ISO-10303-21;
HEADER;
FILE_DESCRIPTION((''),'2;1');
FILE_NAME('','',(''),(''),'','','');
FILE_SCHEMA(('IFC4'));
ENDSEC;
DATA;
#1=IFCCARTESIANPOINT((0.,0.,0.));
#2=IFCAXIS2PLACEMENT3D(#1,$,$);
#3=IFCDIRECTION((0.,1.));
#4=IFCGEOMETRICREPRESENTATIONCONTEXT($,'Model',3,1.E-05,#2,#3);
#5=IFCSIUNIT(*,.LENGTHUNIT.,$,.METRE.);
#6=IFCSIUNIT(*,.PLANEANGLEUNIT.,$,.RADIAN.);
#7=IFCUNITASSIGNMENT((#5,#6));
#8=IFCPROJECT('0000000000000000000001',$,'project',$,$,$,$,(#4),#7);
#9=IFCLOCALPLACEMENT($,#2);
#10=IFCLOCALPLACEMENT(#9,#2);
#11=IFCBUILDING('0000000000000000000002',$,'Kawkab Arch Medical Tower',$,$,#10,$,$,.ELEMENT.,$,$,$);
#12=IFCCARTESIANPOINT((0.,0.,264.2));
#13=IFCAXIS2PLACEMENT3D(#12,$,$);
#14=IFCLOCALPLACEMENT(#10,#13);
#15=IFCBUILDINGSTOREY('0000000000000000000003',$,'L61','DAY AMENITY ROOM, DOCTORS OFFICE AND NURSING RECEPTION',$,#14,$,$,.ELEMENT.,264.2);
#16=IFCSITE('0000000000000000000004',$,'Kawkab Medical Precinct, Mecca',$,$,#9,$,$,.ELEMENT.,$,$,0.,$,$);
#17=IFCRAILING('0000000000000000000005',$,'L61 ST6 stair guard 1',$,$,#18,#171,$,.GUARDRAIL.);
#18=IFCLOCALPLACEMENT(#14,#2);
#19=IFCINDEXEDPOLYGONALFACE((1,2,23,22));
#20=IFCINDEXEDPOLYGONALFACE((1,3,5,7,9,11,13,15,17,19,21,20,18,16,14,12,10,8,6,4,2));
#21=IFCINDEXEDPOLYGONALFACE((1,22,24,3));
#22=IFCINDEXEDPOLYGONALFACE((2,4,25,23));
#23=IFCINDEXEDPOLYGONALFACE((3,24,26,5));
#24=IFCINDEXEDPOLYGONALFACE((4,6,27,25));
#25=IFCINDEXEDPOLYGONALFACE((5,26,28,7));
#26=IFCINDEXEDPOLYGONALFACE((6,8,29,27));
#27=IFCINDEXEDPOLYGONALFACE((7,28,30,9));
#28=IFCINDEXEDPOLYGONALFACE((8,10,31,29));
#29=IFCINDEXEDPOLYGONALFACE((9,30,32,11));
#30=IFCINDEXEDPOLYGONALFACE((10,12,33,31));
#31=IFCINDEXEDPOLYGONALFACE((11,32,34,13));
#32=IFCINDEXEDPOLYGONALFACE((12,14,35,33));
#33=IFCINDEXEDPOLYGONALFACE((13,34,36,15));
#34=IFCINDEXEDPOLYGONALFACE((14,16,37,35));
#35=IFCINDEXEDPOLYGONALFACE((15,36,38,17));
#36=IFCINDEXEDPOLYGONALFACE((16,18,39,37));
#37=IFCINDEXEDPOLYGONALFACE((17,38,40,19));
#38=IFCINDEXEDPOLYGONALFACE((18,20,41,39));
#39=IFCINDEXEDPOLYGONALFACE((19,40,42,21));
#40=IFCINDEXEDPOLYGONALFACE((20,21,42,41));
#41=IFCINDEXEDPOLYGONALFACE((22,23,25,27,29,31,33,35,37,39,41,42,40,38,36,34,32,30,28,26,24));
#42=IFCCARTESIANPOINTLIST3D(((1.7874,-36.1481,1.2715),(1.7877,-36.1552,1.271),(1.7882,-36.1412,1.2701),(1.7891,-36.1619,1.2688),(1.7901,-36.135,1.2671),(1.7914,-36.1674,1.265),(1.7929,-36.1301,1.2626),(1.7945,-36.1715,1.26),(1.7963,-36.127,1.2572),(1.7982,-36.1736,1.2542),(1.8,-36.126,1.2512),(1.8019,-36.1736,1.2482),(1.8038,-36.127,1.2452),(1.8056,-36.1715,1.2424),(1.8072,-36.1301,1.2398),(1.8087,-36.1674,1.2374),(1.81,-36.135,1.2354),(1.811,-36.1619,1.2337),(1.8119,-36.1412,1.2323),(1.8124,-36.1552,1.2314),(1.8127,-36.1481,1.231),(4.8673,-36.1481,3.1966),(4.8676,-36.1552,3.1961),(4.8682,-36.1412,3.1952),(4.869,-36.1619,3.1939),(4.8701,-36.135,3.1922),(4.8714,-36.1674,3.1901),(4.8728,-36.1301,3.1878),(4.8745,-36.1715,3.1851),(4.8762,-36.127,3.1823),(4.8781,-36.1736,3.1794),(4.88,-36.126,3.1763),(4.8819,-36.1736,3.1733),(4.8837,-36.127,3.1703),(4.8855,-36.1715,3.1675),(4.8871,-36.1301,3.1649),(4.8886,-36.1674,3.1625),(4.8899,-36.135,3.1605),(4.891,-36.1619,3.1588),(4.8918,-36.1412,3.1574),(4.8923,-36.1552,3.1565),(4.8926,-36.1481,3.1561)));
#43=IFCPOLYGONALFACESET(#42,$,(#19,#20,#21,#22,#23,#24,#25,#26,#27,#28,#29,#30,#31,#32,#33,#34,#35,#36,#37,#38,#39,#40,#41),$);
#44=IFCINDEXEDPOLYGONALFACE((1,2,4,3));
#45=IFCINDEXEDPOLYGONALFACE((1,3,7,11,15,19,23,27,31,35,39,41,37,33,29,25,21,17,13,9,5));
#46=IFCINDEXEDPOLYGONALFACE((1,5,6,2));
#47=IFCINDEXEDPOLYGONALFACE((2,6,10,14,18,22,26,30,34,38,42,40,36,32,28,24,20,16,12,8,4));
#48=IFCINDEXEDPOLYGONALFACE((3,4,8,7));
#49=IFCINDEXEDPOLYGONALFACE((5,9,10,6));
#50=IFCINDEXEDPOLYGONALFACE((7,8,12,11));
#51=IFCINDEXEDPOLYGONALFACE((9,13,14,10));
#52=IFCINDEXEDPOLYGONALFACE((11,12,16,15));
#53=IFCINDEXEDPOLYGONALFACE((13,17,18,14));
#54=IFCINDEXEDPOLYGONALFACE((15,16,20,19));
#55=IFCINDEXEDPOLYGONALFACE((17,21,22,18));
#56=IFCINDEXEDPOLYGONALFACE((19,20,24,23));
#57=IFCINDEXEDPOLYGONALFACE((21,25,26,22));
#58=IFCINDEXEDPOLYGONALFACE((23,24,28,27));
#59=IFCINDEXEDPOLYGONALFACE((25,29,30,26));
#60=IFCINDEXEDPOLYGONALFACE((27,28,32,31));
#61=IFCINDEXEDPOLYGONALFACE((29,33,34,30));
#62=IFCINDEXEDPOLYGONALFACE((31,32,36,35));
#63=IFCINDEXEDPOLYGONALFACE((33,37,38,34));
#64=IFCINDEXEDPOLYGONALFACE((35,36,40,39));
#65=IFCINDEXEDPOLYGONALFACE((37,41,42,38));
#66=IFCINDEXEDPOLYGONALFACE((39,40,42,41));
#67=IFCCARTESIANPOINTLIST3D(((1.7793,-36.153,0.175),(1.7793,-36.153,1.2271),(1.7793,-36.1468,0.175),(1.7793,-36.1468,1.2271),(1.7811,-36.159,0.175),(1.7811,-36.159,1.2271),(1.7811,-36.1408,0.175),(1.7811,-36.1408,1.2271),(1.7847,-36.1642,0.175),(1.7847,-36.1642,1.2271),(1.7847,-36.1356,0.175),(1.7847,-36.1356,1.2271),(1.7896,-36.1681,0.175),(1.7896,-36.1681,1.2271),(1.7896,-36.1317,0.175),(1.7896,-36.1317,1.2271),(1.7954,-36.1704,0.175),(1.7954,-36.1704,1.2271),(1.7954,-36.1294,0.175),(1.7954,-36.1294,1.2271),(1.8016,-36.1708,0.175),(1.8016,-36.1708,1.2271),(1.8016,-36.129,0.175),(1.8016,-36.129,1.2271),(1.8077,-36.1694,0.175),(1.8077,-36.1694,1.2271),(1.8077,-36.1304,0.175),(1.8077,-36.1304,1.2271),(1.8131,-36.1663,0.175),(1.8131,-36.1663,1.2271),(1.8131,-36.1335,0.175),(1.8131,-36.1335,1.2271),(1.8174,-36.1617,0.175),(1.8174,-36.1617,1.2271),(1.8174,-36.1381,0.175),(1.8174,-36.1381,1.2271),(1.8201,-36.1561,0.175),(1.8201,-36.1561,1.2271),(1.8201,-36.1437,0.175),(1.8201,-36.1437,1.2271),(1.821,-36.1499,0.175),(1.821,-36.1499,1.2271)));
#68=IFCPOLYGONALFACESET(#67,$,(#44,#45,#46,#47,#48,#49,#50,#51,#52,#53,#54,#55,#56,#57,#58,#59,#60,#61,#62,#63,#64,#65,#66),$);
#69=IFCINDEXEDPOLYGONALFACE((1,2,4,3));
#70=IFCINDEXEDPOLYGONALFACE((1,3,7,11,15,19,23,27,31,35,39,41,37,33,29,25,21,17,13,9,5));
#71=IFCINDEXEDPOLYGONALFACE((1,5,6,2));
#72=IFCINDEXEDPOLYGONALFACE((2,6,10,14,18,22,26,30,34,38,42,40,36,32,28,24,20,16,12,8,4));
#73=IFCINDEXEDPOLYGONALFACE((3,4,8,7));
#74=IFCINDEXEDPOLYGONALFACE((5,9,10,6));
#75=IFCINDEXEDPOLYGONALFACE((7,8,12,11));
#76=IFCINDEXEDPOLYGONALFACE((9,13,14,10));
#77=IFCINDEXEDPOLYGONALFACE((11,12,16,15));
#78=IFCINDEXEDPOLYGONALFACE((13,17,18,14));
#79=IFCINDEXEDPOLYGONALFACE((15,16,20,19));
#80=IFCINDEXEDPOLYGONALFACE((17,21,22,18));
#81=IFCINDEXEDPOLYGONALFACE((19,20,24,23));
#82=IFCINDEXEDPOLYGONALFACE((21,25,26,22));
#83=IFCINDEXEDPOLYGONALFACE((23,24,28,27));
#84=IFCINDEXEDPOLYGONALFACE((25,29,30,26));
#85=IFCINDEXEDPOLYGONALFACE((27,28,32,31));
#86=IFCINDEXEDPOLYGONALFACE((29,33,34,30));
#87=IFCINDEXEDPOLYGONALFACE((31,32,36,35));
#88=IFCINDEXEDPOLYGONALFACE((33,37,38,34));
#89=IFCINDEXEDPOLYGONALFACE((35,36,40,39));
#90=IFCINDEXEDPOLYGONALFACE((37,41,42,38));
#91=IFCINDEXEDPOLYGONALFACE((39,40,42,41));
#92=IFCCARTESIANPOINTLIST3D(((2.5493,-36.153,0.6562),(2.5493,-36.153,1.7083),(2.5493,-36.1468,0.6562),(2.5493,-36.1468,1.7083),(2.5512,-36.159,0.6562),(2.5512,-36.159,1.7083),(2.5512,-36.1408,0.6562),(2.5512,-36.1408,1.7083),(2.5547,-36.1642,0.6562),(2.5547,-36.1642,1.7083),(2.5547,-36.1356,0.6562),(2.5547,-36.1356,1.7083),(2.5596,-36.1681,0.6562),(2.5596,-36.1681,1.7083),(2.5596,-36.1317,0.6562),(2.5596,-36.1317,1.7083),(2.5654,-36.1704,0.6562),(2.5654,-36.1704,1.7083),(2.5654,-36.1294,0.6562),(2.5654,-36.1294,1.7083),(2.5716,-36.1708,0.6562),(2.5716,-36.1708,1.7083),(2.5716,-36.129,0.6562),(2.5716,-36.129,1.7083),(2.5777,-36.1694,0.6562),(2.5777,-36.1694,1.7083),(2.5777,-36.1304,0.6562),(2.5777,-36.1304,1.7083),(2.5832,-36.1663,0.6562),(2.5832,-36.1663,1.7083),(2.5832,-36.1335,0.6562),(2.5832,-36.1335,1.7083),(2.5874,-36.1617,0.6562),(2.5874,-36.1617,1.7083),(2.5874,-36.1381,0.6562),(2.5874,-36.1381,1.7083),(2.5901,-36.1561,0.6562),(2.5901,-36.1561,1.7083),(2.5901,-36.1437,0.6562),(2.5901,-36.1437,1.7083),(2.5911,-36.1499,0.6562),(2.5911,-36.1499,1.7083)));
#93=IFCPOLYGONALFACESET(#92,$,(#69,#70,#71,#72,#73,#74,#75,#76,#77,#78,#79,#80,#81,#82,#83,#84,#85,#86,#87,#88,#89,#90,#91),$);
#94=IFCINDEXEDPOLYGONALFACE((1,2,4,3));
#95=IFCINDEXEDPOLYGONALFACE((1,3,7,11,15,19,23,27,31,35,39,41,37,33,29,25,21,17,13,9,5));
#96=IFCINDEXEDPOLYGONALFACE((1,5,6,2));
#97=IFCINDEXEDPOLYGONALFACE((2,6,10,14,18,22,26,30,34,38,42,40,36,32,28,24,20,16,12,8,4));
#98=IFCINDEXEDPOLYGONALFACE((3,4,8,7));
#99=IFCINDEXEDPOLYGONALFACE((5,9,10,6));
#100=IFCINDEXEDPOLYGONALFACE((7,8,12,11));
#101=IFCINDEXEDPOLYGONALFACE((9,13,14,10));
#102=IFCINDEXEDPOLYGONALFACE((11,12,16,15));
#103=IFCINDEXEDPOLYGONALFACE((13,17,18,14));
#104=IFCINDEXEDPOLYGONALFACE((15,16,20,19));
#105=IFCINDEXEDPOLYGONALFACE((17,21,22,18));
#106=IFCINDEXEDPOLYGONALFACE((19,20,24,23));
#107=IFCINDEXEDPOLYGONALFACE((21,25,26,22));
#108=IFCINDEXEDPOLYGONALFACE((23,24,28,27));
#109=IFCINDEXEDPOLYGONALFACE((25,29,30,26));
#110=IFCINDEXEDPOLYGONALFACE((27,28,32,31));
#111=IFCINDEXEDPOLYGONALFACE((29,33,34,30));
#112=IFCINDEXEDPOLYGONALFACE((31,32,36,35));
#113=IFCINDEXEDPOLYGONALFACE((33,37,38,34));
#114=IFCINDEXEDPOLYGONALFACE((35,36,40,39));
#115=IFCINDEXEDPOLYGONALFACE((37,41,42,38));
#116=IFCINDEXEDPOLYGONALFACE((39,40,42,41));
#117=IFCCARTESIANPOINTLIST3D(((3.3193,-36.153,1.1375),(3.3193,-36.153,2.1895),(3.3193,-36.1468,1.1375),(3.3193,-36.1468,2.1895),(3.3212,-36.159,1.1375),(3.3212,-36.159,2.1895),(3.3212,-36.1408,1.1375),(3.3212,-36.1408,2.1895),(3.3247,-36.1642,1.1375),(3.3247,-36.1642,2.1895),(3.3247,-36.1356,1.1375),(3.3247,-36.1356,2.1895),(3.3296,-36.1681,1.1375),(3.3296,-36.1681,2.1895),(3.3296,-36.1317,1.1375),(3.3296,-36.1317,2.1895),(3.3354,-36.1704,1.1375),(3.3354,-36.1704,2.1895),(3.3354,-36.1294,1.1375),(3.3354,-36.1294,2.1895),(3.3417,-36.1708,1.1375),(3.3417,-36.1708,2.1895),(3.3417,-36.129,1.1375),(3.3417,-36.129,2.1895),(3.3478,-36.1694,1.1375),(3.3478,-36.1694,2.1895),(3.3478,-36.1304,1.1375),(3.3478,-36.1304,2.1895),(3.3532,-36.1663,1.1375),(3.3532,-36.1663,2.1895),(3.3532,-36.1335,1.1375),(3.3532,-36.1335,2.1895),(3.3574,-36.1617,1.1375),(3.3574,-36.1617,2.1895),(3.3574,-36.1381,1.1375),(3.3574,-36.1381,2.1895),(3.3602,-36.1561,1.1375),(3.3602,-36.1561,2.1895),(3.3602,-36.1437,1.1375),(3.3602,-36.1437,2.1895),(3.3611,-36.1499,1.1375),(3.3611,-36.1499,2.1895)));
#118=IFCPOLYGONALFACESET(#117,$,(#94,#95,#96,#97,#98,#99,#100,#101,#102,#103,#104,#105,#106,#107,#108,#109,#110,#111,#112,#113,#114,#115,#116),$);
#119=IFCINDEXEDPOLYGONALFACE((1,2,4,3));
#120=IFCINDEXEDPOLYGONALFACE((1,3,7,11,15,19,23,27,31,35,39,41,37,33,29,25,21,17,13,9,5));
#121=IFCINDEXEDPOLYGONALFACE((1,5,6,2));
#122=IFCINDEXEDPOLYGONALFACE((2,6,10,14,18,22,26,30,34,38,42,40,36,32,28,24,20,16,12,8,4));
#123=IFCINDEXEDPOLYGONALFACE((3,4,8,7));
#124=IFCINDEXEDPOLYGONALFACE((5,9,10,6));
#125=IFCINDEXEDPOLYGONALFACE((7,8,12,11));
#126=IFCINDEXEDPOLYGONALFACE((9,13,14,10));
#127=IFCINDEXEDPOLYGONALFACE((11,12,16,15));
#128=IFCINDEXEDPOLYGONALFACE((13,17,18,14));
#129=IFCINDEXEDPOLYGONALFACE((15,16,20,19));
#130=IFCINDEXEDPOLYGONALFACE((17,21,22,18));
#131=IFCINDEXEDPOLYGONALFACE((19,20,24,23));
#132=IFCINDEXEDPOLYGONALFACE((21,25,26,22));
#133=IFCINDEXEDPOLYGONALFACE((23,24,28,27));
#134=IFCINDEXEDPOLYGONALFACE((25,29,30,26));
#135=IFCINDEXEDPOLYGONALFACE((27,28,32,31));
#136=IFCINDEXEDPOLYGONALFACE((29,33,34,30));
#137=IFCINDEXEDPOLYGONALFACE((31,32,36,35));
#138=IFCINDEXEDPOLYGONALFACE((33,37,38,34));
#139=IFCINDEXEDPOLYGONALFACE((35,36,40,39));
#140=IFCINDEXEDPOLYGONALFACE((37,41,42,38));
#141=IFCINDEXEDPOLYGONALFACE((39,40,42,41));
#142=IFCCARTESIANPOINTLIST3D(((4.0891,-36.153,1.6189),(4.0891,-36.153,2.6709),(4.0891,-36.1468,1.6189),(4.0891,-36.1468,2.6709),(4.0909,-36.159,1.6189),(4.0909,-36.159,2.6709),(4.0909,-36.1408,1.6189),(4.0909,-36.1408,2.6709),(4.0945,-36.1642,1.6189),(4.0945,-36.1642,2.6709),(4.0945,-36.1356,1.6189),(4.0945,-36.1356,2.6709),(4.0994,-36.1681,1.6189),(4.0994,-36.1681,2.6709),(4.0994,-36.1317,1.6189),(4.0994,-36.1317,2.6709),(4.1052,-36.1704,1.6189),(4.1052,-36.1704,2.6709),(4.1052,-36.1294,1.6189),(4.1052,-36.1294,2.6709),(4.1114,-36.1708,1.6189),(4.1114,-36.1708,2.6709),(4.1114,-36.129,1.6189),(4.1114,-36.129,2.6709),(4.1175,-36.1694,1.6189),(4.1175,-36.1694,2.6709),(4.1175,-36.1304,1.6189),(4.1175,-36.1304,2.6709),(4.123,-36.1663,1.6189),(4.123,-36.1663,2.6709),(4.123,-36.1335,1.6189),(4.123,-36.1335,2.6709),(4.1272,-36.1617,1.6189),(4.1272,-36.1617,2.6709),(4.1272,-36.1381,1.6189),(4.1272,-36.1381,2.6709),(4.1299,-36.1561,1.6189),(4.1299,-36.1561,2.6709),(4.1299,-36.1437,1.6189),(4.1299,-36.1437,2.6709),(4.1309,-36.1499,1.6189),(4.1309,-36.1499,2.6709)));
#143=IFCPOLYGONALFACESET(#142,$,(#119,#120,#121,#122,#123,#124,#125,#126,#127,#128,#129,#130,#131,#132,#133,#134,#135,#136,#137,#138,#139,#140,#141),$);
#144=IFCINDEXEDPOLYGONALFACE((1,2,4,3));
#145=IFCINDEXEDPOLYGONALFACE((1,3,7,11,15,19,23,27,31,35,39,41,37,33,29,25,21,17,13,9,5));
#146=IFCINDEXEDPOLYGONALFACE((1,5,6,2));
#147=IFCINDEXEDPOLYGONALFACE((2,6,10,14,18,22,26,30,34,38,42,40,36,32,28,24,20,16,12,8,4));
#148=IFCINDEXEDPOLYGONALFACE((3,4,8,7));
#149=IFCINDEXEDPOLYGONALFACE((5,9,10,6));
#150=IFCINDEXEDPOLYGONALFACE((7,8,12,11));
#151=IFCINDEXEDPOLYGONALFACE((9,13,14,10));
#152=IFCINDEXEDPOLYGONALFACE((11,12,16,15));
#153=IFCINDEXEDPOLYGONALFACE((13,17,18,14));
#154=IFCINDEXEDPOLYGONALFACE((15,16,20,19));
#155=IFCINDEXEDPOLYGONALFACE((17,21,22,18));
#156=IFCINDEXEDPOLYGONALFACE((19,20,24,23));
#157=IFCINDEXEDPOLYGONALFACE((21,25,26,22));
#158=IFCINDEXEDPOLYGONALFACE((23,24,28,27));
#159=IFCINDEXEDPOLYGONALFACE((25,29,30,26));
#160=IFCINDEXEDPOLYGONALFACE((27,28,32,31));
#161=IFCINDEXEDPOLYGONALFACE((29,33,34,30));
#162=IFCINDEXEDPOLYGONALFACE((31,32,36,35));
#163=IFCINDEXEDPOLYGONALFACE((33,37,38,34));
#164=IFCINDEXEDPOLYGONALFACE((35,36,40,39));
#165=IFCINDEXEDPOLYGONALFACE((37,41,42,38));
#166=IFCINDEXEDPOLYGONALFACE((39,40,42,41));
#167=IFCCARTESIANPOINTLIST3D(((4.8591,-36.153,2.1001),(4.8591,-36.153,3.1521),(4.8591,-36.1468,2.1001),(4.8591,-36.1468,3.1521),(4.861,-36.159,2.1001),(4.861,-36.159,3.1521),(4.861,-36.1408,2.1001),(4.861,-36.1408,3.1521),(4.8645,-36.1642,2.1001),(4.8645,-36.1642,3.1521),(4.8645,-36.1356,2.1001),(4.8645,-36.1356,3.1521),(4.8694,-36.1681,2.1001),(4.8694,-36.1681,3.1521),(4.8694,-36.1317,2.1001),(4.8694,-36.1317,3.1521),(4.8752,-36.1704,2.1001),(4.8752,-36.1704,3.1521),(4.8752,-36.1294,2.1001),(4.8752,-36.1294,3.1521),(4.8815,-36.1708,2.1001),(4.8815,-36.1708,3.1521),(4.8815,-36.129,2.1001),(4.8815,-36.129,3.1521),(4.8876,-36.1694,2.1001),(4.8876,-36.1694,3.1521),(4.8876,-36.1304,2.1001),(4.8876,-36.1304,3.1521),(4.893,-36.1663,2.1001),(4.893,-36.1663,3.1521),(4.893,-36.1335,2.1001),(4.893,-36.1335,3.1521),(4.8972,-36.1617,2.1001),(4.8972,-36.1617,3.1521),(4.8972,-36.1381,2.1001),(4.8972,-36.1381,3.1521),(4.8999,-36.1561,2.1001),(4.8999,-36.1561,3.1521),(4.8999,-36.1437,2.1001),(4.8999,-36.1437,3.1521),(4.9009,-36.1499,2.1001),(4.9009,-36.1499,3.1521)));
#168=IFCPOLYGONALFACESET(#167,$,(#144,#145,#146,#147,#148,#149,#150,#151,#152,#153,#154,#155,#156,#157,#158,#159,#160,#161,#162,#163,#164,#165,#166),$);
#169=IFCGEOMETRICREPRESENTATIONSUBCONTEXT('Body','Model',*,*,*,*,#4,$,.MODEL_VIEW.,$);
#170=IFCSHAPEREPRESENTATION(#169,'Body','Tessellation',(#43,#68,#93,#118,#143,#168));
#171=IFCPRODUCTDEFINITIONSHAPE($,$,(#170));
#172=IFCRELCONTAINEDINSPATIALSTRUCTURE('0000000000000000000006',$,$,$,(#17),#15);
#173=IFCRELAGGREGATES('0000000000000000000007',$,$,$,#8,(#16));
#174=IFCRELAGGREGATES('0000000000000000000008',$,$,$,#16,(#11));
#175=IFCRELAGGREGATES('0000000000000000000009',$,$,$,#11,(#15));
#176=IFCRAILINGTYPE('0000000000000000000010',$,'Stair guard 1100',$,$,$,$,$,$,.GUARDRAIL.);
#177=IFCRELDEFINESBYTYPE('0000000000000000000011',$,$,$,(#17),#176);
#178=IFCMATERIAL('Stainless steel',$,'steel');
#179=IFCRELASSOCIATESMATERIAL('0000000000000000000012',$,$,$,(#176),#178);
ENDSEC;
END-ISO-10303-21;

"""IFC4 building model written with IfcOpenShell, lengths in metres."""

from ifc_helpers import new_model, si_unit, direction, frame, origin, origin_2d, place, context, subcontext, project, spatial, circle, extrude, material, type_object, element, save


model = new_model("IFC4")

# Units and contexts
model_context = context("Model", 3, precision=1e-05, world=origin(), true_north=direction((0.0, 1.0)))
body_context = subcontext(model_context, "Body", "Model", "MODEL_VIEW")
ifc_project = project(units=[si_unit("LENGTHUNIT", "METRE"), si_unit("PLANEANGLEUNIT", "RADIAN")], contexts=[model_context])

# Site, building, storey
site_placement = place(None, origin())
site = spatial("IfcSite", under=ifc_project, at=site_placement, Name="Kawkab Medical Precinct, Mecca", CompositionType="ELEMENT", RefElevation=0.0)
building_placement = place(site_placement, origin())
building = spatial("IfcBuilding", under=site, at=building_placement, Name="Kawkab Arch Medical Tower", CompositionType="ELEMENT")
storey_placement = place(building_placement, frame((0.0, 0.0, 264.2)))
storey = spatial("IfcBuildingStorey", under=building, at=storey_placement, Name="L61", Description="DAY AMENITY ROOM, DOCTORS OFFICE AND NURSING RECEPTION", CompositionType="ELEMENT", Elevation=264.2)

# Railing
ifc_material_1 = material(Name="Stainless steel", Category="steel")
railing_type_1 = type_object("IfcRailingType", Name="Stair guard 1100", PredefinedType="GUARDRAIL", material=ifc_material_1)
railing_1_placement = place(storey_placement, frame((1.8, -36.1499, 0.175)))
element("IfcRailing", 1, at=railing_1_placement, inside=storey, type_object=railing_type_1, Name="L61 ST6 stair guard 1", PredefinedType="GUARDRAIL", context=body_context, shape_type="SweptSolid", body=[
    extrude(circle(Radius=0.0239, at=origin_2d()), frame((0.0, 0.0, 1.0762), z_axis=(0.847979, 0.0, 0.530029), x_axis=(0.0, 1.0, 0.0)), (0.0, 0.0, 1.0), 3.6321),
    extrude(circle(Radius=0.021, at=origin_2d()), origin(), (0.0, 0.0, 1.0), 1.052),
    extrude(circle(Radius=0.021, at=origin_2d()), frame((0.77, 0.0, 0.4812)), (0.0, 0.0, 1.0), 1.052),
    extrude(circle(Radius=0.021, at=origin_2d()), frame((1.54, 0.0, 0.9624)), (0.0, 0.0, 1.0), 1.052),
    extrude(circle(Radius=0.021, at=origin_2d()), frame((2.3098, 0.0, 1.4438)), (0.0, 0.0, 1.0), 1.052),
    extrude(circle(Radius=0.021, at=origin_2d()), frame((3.0798, 0.0, 1.925)), (0.0, 0.0, 1.0), 1.052),
])

save(model, "model.ifc")
